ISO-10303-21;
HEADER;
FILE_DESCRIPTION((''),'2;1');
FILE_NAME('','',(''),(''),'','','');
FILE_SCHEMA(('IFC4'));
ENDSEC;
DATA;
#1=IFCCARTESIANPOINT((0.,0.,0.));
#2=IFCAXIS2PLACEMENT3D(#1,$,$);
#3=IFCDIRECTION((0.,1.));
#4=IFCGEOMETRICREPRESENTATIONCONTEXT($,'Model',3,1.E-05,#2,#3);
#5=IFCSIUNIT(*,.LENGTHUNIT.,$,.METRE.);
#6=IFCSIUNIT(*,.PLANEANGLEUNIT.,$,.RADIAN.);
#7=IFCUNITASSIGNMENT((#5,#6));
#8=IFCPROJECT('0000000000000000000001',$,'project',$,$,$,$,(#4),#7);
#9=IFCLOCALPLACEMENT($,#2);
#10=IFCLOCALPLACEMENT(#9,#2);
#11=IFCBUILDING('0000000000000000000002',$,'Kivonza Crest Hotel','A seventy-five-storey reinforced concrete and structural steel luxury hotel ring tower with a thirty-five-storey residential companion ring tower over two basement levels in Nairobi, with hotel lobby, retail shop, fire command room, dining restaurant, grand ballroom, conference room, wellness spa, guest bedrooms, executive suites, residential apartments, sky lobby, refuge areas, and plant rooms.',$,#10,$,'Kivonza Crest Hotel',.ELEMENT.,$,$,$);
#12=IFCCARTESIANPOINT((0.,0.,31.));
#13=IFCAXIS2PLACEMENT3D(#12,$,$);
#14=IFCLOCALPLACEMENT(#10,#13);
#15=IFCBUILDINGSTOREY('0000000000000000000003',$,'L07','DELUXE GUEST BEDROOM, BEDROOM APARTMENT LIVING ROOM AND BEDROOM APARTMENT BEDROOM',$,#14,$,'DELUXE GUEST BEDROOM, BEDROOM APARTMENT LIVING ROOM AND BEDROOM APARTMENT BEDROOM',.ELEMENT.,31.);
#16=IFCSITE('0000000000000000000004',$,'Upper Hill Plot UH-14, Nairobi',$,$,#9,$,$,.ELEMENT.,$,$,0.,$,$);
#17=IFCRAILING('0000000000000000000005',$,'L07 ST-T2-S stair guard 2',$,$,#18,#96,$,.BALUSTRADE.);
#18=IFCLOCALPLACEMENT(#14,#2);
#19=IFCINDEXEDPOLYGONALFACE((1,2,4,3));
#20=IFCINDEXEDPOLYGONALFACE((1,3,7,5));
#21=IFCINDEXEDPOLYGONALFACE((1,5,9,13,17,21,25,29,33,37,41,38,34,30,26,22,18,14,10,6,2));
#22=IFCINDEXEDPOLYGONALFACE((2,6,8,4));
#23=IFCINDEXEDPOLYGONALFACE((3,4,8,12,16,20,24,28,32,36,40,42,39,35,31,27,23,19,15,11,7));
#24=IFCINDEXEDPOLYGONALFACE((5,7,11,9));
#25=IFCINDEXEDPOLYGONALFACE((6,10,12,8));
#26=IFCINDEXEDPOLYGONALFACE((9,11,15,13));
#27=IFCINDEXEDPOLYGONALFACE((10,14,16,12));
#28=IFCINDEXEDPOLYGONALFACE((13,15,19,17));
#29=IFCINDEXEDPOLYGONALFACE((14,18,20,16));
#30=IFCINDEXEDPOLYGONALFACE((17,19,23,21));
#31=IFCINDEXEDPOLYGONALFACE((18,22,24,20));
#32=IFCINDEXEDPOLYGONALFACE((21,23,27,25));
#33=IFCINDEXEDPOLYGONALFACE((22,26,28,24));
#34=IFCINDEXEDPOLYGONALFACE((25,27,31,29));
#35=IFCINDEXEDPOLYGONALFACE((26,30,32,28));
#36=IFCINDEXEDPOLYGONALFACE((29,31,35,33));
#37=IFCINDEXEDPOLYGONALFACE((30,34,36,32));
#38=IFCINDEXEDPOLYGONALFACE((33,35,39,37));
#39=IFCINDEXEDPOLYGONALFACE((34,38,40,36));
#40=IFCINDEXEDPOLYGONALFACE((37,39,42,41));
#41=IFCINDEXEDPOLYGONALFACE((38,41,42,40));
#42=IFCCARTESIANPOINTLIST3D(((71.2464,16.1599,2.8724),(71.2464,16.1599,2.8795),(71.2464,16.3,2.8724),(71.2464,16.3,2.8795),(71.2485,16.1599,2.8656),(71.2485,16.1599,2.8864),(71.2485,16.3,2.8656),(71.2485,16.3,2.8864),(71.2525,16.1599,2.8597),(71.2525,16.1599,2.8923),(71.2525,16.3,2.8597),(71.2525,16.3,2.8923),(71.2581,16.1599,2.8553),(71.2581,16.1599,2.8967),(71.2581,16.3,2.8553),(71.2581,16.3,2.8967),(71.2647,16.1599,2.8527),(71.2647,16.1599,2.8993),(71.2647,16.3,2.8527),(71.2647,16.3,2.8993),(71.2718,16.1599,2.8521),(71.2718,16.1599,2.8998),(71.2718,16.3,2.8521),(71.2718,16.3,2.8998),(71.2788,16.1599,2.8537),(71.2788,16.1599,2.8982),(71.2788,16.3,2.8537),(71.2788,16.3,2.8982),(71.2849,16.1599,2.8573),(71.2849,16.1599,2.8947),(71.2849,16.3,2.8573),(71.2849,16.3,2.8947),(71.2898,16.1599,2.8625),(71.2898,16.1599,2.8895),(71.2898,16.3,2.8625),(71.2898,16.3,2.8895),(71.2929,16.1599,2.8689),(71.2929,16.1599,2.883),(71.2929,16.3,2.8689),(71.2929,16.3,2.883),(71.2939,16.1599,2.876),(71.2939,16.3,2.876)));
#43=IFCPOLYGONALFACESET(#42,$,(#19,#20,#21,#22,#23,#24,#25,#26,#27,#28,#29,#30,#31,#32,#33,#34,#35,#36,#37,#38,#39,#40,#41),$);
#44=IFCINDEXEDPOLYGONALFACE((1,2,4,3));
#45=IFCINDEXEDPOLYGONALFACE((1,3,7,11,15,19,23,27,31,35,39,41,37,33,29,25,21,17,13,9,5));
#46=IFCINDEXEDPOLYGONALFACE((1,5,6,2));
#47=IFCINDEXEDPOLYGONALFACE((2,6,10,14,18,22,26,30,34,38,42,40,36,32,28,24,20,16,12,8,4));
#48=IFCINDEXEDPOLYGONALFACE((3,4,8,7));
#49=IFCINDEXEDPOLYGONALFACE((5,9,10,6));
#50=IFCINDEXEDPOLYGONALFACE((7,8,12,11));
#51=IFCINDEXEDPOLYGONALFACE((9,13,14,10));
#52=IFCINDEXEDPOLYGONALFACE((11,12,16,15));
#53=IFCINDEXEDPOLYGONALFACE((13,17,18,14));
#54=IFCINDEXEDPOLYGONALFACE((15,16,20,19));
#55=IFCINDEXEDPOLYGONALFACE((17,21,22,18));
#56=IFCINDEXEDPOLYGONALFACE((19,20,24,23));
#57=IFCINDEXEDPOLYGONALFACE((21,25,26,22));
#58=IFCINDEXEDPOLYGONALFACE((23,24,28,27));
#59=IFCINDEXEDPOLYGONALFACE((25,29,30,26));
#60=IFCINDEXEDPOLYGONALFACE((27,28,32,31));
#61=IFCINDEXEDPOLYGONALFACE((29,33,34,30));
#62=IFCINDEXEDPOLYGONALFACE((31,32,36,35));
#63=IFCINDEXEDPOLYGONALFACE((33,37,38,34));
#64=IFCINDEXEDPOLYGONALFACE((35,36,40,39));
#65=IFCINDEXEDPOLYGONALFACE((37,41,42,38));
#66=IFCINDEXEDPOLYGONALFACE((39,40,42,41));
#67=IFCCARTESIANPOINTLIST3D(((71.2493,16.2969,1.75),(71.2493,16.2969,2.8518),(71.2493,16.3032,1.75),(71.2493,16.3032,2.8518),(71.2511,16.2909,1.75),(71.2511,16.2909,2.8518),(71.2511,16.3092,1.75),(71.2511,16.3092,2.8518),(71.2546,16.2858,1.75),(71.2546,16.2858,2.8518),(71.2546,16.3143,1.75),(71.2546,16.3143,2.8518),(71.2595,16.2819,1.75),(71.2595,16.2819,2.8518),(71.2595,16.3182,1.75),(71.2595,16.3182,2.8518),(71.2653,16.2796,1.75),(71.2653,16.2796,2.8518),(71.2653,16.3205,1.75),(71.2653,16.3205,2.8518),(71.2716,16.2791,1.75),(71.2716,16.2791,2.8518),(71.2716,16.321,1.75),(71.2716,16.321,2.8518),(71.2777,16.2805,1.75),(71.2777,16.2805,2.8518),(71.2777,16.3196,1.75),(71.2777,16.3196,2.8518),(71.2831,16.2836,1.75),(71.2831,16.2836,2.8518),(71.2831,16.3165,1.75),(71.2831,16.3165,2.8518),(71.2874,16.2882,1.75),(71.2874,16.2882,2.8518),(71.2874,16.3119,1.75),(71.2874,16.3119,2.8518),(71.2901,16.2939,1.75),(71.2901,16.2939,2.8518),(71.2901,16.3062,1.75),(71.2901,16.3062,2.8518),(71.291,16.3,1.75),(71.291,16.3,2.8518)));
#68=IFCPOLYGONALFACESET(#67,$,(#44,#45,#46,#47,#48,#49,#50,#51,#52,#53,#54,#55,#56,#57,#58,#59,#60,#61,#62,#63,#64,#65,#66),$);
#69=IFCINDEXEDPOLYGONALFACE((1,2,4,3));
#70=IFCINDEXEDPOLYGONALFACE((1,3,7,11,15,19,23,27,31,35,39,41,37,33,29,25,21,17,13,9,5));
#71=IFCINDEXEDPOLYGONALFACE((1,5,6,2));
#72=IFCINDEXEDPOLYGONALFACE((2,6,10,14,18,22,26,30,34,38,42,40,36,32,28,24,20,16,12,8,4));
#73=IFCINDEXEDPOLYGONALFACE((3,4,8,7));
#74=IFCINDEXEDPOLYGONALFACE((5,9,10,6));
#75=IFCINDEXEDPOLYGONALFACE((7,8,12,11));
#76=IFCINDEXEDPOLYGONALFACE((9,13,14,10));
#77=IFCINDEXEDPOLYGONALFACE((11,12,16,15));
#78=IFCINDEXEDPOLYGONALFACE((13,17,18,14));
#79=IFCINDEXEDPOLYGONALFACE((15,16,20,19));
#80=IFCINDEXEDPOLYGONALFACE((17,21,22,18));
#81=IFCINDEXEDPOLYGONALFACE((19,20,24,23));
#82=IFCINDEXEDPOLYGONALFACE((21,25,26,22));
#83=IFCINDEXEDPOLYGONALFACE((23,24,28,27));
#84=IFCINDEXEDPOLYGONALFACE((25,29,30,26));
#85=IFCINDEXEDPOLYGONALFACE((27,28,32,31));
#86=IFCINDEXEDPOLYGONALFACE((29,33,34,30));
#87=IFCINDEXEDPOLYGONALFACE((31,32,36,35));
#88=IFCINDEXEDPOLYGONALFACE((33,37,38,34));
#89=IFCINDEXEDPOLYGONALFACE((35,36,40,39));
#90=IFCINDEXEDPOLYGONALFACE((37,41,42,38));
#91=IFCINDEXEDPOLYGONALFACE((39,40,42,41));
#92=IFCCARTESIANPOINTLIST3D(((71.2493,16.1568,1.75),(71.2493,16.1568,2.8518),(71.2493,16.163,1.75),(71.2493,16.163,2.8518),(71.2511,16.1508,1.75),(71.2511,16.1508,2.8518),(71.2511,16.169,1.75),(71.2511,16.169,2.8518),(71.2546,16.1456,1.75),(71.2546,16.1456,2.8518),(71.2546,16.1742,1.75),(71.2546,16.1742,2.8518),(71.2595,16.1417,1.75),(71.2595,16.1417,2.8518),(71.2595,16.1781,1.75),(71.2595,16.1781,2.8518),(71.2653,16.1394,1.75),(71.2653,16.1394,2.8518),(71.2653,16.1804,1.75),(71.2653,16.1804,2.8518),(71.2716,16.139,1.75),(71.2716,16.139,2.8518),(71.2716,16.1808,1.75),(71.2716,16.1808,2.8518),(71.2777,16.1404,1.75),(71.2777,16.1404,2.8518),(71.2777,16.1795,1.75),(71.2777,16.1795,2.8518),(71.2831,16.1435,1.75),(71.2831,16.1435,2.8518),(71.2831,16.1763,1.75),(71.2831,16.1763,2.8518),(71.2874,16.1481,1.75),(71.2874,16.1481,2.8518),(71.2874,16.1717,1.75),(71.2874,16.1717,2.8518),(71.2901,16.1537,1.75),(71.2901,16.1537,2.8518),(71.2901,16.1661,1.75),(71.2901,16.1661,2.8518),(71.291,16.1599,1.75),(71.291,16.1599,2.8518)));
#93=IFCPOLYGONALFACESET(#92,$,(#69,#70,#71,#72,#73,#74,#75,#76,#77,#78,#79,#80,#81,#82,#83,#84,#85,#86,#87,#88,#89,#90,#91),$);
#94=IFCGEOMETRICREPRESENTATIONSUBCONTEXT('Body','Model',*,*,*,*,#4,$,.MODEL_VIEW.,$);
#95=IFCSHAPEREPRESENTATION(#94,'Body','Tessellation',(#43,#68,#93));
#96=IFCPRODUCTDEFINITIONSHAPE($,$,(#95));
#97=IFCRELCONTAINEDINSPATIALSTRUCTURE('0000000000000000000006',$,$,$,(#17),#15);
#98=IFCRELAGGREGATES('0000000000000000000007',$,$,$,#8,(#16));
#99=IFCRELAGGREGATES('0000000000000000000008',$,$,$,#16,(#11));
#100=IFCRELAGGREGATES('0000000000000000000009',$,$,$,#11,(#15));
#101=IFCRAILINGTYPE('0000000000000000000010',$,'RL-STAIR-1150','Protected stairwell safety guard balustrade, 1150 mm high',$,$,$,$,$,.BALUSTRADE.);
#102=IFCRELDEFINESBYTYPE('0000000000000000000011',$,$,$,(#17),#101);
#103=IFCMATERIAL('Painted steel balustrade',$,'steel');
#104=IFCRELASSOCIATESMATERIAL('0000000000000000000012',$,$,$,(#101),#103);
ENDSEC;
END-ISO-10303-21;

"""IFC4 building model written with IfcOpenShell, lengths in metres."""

from ifc_helpers import new_model, si_unit, direction, frame, origin, origin_2d, place, context, subcontext, project, spatial, circle, extrude, material, type_object, element, save


model = new_model("IFC4")

# Units and contexts
model_context = context("Model", 3, precision=1e-05, world=origin(), true_north=direction((0.0, 1.0)))
body_context = subcontext(model_context, "Body", "Model", "MODEL_VIEW")
ifc_project = project(units=[si_unit("LENGTHUNIT", "METRE"), si_unit("PLANEANGLEUNIT", "RADIAN")], contexts=[model_context])

# Site, building, storey
site_placement = place(None, origin())
site = spatial("IfcSite", under=ifc_project, at=site_placement, Name="Upper Hill Plot UH-14, Nairobi", CompositionType="ELEMENT", RefElevation=0.0)
building_placement = place(site_placement, origin())
building = spatial("IfcBuilding", under=site, at=building_placement, Name="Kivonza Crest Hotel", Description="A seventy-five-storey reinforced concrete and structural steel luxury hotel ring tower with a thirty-five-storey residential companion ring tower over two basement levels in Nairobi, with hotel lobby, retail shop, fire command room, dining restaurant, grand ballroom, conference room, wellness spa, guest bedrooms, executive suites, residential apartments, sky lobby, refuge areas, and plant rooms.", LongName="Kivonza Crest Hotel", CompositionType="ELEMENT")
storey_placement = place(building_placement, frame((0.0, 0.0, 31.0)))
storey = spatial("IfcBuildingStorey", under=building, at=storey_placement, Name="L07", Description="DELUXE GUEST BEDROOM, BEDROOM APARTMENT LIVING ROOM AND BEDROOM APARTMENT BEDROOM", LongName="DELUXE GUEST BEDROOM, BEDROOM APARTMENT LIVING ROOM AND BEDROOM APARTMENT BEDROOM", CompositionType="ELEMENT", Elevation=31.0)

# Railing
ifc_material_1 = material(Name="Painted steel balustrade", Category="steel")
railing_type_1 = type_object("IfcRailingType", Name="RL-STAIR-1150", Description="Protected stairwell safety guard balustrade, 1150 mm high", PredefinedType="BALUSTRADE", material=ifc_material_1)
railing_1_placement = place(storey_placement, frame((71.27, 16.3, 1.75)))
element("IfcRailing", 1, at=railing_1_placement, inside=storey, type_object=railing_type_1, Name="L07 ST-T2-S stair guard 2", PredefinedType="BALUSTRADE", context=body_context, shape_type="SweptSolid", body=[
    extrude(circle(Radius=0.0239, at=origin_2d()), frame((0.0, 0.0, 1.126), z_axis=(0.0, -1.0, 0.0), x_axis=(1.0, 0.0, 0.0)), (0.0, 0.0, 1.0), 0.1401),
    extrude(circle(Radius=0.021, at=origin_2d()), origin(), (0.0, 0.0, 1.0), 1.1018),
    extrude(circle(Radius=0.021, at=origin_2d()), frame((0.0, -0.1401, 0.0)), (0.0, 0.0, 1.0), 1.1018),
])

save(model, "model.ifc")
